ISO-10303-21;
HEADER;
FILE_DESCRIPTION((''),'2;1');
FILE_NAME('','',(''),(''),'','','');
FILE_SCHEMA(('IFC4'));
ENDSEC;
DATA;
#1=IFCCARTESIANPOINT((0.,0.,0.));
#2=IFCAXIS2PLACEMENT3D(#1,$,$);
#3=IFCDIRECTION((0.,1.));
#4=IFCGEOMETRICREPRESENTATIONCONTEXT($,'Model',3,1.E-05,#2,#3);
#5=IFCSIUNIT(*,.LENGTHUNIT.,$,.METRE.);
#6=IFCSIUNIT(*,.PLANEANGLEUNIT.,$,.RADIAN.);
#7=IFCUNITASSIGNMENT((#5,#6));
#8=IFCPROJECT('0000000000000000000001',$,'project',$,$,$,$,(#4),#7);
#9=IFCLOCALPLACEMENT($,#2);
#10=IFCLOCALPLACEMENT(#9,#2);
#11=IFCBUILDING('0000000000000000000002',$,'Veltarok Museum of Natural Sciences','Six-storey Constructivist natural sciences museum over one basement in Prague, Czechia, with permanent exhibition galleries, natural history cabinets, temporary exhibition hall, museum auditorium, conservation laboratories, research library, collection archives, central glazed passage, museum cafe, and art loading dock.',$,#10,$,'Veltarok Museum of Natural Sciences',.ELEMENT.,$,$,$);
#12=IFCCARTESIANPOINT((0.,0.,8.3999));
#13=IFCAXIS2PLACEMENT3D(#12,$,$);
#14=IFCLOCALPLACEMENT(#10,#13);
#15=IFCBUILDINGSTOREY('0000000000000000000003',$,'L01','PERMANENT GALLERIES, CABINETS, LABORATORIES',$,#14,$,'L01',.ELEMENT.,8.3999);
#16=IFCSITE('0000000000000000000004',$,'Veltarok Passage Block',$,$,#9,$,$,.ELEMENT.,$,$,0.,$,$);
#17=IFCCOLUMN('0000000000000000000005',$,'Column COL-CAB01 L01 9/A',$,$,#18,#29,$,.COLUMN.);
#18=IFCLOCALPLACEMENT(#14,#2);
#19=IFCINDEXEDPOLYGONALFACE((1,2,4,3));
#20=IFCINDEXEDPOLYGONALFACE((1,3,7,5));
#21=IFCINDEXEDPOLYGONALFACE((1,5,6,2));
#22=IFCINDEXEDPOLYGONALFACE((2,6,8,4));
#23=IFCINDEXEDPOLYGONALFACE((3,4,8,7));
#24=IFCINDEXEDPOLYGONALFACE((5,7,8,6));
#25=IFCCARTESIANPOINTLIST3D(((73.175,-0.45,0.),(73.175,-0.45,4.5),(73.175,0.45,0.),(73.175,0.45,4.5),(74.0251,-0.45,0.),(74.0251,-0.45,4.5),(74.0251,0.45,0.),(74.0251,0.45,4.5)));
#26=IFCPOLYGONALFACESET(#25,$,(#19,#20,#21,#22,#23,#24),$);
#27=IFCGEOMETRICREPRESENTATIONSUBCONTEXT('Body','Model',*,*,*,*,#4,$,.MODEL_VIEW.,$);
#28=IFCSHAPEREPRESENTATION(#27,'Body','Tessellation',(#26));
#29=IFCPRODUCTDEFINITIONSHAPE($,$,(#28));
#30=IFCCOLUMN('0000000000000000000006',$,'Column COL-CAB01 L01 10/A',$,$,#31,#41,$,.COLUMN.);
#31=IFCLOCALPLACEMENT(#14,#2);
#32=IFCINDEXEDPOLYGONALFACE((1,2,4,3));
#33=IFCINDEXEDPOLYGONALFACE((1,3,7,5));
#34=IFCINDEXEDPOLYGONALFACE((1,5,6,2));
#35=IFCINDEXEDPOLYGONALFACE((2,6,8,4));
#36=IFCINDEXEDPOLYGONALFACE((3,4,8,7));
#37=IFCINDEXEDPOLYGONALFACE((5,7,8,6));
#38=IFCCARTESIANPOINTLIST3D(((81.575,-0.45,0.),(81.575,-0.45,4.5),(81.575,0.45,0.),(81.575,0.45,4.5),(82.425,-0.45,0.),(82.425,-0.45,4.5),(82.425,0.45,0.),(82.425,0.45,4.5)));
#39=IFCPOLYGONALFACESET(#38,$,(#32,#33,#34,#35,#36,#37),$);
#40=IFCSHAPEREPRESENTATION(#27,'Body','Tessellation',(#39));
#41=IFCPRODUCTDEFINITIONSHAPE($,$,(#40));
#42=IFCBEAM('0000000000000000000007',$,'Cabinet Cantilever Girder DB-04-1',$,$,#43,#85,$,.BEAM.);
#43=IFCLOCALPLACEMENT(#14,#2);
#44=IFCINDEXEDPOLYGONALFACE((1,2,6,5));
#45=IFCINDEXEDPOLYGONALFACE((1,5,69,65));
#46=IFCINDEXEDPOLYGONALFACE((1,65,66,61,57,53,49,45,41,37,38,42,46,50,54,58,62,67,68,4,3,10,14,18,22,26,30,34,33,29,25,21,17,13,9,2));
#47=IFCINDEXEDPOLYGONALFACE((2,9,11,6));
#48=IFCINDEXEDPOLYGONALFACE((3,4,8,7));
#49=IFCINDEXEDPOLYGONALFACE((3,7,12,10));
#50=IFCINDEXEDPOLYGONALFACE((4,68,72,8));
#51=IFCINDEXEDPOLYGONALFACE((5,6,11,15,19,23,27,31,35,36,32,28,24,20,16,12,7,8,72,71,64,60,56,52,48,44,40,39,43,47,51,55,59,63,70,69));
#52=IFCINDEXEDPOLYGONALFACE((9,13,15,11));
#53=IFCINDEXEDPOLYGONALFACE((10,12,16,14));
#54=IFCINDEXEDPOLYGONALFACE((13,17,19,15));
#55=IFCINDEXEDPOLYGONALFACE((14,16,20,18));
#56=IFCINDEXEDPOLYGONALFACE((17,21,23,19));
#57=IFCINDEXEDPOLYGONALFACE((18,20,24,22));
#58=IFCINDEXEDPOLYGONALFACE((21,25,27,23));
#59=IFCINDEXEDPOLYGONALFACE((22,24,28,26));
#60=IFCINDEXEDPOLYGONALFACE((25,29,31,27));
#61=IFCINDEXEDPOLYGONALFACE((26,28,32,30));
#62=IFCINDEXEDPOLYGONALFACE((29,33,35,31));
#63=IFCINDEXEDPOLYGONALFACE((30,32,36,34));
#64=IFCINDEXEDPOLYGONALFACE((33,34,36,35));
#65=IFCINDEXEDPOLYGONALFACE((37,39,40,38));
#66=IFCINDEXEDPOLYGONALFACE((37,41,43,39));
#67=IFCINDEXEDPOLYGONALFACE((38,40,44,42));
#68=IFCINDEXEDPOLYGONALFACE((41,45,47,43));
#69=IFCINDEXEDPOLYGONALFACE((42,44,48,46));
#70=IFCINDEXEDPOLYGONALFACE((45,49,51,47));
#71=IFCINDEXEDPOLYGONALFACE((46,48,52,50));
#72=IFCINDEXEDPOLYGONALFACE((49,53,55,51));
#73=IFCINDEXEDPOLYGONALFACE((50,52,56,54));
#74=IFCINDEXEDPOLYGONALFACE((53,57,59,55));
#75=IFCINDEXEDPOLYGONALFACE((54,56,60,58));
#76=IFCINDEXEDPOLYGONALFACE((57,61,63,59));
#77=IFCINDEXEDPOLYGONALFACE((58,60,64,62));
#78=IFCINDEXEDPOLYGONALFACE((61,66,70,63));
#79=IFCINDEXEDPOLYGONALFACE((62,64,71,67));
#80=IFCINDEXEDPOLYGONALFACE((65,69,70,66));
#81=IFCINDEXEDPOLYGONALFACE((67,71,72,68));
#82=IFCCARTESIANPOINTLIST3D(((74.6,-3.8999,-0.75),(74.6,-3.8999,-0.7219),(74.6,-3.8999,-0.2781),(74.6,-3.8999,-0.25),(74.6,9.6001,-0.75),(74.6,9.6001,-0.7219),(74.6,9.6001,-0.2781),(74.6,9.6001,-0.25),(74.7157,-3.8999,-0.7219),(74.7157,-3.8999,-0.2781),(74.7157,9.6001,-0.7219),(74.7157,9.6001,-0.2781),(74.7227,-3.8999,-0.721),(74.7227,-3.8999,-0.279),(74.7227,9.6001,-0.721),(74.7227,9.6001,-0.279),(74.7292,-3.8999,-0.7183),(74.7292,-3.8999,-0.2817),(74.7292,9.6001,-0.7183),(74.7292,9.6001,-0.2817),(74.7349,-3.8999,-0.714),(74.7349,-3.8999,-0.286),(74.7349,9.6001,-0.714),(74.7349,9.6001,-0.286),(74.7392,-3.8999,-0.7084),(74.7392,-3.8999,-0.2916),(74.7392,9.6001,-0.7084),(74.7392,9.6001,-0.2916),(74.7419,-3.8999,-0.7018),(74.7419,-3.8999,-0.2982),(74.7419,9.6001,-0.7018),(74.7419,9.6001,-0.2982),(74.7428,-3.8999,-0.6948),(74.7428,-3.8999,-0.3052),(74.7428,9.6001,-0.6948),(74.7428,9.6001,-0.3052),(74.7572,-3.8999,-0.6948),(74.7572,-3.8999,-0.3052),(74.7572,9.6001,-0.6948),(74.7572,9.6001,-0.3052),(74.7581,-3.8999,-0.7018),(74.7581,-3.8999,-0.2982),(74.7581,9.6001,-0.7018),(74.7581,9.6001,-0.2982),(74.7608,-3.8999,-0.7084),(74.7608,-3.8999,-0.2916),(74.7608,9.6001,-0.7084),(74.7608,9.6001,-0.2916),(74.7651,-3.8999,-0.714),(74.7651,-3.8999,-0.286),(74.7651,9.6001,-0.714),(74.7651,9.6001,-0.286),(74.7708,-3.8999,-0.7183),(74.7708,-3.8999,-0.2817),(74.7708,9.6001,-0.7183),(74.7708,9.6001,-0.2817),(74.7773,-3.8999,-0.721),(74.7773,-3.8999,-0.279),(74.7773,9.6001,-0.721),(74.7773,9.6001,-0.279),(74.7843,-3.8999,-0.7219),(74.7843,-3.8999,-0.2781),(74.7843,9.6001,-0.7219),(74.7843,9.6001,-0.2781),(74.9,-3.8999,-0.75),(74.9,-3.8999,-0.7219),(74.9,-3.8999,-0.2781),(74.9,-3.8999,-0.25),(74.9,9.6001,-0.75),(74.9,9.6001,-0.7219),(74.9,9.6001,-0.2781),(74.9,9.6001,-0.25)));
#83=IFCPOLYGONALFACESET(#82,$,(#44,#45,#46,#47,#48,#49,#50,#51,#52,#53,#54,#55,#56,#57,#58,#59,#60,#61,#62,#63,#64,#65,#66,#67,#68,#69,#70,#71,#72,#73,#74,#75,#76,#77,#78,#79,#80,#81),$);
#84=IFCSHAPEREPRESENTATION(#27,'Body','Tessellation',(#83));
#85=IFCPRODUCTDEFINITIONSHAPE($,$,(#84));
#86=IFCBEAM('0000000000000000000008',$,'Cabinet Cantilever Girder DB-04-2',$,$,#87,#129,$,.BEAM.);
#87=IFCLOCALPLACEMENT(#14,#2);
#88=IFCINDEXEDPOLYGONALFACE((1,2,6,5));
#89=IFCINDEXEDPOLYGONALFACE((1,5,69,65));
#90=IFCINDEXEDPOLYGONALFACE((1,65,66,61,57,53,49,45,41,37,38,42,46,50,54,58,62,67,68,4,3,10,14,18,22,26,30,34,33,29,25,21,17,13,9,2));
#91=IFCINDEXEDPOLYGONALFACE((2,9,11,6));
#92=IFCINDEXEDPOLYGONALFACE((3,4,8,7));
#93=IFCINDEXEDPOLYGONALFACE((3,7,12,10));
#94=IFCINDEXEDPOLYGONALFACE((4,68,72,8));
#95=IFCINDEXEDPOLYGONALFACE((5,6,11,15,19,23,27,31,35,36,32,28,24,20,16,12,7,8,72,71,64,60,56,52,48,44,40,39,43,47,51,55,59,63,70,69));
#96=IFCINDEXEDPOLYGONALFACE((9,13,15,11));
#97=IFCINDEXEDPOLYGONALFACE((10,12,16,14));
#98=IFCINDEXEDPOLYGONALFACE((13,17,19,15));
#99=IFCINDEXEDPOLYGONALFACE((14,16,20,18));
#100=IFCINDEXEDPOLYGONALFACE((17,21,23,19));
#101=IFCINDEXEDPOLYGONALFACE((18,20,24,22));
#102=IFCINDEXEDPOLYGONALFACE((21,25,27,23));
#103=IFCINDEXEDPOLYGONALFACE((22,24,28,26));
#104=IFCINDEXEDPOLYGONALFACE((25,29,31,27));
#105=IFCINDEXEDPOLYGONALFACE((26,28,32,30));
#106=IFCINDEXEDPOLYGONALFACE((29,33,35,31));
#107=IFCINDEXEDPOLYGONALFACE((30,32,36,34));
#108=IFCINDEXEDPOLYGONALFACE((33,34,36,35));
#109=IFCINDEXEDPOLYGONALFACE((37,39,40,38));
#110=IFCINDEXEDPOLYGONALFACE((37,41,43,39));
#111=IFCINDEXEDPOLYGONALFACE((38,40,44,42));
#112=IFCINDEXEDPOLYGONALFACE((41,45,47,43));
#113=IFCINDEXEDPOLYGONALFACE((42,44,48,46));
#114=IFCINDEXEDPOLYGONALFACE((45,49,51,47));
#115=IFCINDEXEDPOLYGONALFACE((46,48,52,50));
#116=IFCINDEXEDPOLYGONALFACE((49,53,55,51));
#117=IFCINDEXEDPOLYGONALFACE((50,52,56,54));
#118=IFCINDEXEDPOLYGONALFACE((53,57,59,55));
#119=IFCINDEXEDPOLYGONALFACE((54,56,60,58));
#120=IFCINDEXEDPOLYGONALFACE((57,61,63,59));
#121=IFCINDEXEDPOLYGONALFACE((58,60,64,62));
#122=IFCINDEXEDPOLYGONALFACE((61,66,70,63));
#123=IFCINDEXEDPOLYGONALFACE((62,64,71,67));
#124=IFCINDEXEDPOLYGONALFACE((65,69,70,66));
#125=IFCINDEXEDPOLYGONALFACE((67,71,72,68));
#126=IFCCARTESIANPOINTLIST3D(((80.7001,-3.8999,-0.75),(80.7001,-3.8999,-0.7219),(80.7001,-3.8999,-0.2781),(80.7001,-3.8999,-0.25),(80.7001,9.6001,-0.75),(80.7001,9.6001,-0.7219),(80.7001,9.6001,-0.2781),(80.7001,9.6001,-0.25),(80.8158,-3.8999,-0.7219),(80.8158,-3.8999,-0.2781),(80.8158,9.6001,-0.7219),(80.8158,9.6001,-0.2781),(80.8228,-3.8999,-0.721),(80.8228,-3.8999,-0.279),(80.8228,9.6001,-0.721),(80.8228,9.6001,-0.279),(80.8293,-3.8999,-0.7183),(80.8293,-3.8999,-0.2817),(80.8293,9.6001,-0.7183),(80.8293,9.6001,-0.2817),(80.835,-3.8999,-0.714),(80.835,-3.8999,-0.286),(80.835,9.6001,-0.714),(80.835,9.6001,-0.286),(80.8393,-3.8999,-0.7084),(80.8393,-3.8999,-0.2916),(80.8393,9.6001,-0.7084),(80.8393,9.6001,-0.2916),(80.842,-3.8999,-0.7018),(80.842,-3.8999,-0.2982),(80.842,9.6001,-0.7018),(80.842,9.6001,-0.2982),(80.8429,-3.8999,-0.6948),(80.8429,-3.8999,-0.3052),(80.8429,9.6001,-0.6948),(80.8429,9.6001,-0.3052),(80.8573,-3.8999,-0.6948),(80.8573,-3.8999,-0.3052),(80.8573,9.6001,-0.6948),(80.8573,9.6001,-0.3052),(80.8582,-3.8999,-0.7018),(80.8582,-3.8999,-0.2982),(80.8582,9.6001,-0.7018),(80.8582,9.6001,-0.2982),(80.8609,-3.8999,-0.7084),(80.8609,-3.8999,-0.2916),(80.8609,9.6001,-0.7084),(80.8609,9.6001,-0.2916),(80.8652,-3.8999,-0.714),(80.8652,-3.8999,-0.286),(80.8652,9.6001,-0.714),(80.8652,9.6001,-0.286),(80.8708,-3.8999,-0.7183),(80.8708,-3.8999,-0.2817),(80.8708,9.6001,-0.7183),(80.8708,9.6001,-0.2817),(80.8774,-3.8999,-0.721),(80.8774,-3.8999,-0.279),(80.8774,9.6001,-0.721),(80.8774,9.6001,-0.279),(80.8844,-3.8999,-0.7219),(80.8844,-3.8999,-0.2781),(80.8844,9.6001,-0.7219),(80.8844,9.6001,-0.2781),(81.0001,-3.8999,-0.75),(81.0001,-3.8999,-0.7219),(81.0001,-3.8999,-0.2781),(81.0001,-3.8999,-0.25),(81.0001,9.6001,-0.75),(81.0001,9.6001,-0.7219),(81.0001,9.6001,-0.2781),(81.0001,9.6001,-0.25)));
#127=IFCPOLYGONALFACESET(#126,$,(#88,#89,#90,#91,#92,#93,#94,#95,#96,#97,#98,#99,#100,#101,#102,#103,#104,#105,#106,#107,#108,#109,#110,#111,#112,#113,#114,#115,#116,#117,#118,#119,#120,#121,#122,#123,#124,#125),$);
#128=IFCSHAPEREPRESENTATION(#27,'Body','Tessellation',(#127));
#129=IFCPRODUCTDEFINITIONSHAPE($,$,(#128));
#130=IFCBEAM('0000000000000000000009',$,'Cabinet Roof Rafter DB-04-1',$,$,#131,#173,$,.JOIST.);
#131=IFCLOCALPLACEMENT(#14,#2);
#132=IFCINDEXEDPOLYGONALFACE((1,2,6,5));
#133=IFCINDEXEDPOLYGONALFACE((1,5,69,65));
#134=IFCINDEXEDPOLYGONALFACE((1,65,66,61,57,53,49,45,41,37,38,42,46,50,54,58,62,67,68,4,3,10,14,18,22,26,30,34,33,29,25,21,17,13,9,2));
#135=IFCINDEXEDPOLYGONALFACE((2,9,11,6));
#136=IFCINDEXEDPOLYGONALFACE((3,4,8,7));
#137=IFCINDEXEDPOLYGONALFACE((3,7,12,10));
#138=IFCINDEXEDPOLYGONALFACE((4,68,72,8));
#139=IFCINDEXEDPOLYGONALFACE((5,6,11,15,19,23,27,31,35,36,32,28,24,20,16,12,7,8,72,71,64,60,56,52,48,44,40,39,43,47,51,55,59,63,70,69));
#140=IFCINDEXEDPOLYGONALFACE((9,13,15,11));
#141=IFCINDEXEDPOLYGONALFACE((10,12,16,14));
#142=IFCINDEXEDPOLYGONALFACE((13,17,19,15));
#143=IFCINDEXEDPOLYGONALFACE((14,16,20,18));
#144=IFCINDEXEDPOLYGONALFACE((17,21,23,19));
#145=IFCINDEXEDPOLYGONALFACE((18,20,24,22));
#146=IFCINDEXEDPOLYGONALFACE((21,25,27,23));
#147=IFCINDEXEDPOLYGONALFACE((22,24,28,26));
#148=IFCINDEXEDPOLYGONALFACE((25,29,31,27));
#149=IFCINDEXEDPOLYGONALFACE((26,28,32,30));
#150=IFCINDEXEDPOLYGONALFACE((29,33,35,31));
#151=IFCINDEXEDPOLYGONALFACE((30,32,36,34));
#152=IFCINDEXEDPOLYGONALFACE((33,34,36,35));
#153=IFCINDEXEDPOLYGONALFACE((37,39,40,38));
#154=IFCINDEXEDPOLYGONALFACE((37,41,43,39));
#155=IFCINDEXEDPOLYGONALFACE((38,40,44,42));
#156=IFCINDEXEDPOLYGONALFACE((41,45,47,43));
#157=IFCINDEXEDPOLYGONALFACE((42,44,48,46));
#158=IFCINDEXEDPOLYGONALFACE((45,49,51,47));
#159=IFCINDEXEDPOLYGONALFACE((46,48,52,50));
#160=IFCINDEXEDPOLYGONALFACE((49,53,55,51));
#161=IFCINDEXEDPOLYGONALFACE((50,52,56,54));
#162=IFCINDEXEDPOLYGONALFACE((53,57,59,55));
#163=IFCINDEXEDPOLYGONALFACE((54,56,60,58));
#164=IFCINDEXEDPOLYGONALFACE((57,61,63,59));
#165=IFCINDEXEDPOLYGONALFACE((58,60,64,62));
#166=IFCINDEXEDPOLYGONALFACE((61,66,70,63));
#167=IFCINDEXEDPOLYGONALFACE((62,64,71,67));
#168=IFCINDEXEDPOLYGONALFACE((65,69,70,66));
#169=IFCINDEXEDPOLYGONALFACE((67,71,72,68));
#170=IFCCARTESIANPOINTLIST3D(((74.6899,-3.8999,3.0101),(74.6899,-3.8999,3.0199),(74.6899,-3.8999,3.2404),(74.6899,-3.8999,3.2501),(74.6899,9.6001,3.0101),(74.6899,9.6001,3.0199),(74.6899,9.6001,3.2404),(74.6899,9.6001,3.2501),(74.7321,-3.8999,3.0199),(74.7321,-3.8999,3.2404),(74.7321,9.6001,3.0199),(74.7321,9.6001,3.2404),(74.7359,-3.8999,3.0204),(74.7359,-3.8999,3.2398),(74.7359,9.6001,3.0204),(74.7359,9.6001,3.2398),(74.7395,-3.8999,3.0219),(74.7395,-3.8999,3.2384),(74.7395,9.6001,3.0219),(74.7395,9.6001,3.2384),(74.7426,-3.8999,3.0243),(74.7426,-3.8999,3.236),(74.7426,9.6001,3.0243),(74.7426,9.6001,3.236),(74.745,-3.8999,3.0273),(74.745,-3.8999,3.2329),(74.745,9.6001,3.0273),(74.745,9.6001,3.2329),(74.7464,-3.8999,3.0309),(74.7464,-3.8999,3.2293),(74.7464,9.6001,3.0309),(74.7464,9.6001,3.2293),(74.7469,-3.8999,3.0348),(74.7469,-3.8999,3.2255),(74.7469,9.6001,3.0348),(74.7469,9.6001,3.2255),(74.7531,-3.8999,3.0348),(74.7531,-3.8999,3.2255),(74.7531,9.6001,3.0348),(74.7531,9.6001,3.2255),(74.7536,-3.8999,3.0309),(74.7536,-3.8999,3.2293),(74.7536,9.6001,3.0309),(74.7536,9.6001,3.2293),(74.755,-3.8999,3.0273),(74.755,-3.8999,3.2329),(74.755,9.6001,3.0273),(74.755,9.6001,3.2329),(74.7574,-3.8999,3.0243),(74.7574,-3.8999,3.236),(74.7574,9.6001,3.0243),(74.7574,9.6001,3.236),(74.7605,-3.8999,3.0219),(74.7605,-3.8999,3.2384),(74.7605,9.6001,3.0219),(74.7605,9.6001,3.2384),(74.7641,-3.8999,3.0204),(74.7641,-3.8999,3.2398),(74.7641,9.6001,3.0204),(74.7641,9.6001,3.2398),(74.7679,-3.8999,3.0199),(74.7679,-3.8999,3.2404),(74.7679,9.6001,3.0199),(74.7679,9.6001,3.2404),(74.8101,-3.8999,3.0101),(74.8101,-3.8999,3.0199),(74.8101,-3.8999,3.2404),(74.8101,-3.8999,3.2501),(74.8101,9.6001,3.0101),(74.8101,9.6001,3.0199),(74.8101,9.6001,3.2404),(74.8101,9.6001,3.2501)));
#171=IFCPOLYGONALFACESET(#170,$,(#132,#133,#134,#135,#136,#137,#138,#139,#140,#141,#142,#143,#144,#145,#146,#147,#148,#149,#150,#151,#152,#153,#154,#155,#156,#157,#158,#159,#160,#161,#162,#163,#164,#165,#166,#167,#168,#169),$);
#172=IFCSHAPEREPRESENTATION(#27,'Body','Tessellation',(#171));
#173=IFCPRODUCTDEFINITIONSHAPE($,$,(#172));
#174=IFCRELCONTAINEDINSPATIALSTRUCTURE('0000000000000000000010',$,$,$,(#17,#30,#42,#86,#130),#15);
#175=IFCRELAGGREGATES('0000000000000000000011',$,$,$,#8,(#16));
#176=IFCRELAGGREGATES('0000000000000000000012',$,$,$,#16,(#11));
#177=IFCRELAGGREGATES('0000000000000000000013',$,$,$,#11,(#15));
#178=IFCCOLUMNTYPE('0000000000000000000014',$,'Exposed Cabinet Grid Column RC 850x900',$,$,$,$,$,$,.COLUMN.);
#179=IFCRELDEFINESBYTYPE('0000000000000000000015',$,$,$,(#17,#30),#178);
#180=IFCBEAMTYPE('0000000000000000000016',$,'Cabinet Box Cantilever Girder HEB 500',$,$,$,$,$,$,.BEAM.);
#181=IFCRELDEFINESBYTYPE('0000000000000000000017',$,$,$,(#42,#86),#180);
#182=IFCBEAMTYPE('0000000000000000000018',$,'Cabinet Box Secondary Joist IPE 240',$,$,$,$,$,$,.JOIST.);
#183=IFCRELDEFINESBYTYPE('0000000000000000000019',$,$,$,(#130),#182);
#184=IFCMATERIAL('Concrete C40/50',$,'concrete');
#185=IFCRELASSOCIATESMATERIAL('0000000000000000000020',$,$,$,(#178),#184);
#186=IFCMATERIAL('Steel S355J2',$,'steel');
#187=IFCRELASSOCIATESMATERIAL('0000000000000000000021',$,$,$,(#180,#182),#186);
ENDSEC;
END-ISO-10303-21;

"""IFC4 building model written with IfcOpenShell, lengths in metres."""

from ifc_helpers import new_model, si_unit, direction, frame, origin, origin_2d, place, context, subcontext, project, spatial, rectangle, i_section, extrude, material, material_profile, profile_set, type_object, element, save


model = new_model("IFC4")

# Units and contexts
model_context = context("Model", 3, precision=1e-05, world=origin(), true_north=direction((0.0, 1.0)))
body_context = subcontext(model_context, "Body", "Model", "MODEL_VIEW")
ifc_project = project(units=[si_unit("LENGTHUNIT", "METRE"), si_unit("PLANEANGLEUNIT", "RADIAN")], contexts=[model_context])

# Site, building, storey
site_placement = place(None, origin())
site = spatial("IfcSite", under=ifc_project, at=site_placement, Name="Veltarok Passage Block", CompositionType="ELEMENT", RefElevation=0.0)
building_placement = place(site_placement, origin())
building = spatial("IfcBuilding", under=site, at=building_placement, Name="Veltarok Museum of Natural Sciences", Description="Six-storey Constructivist natural sciences museum over one basement in Prague, Czechia, with permanent exhibition galleries, natural history cabinets, temporary exhibition hall, museum auditorium, conservation laboratories, research library, collection archives, central glazed passage, museum cafe, and art loading dock.", LongName="Veltarok Museum of Natural Sciences", CompositionType="ELEMENT")
storey_placement = place(building_placement, frame((0.0, 0.0, 8.3999)))
storey = spatial("IfcBuildingStorey", under=building, at=storey_placement, Name="L01", Description="PERMANENT GALLERIES, CABINETS, LABORATORIES", LongName="L01", CompositionType="ELEMENT", Elevation=8.3999)

# Columns
ifc_material_1 = material(Name="Concrete C40/50", Category="concrete")
ifc_material_profile_1 = material_profile(ifc_material_1, rectangle(XDim=0.8501, YDim=0.8999, at=origin_2d()), Name="RC 850x900")
ifc_profile_set_1 = profile_set([ifc_material_profile_1], Name="Concrete C40/50")
column_type = type_object("IfcColumnType", Name="Exposed Cabinet Grid Column RC 850x900", PredefinedType="COLUMN", material=ifc_profile_set_1)
for number, where, z_axis, x_axis, name in (
    (1, (73.6001, 0.0, 0.0), (0.0, 0.0, 1.0), (1.0, 0.0, 0.0), "Column COL-CAB01 L01 9/A"),
    (2, (82.0, 0.0, 0.0), (0.0, 0.0, 1.0), (1.0, 0.0, 0.0), "Column COL-CAB01 L01 10/A"),
):
    element("IfcColumn", number, at=place(storey_placement, frame(where, z_axis=z_axis, x_axis=x_axis)), inside=storey, type_object=column_type, Name=name, PredefinedType="COLUMN", context=body_context, shape_type="SweptSolid", body=[
        extrude(rectangle(XDim=0.8501, YDim=0.8999, at=origin_2d()), origin(), (0.0, 0.0, 1.0), 4.5),
    ])

# Beams
ifc_material_2 = material(Name="Steel S355J2", Category="steel")
ifc_material_profile_2 = material_profile(ifc_material_2, i_section(OverallWidth=0.3, OverallDepth=0.5, WebThickness=0.0144, FlangeThickness=0.0281, FilletRadius=0.0271, at=origin_2d()), Name="HEB 500")
ifc_profile_set_2 = profile_set([ifc_material_profile_2], Name="Steel S355J2")
beam_type_1 = type_object("IfcBeamType", Name="Cabinet Box Cantilever Girder HEB 500", PredefinedType="BEAM", material=ifc_profile_set_2)
for number, where, z_axis, x_axis, name in (
    (3, (74.75, -3.8999, -0.5), (0.0, 1.0, 0.0), (-1.0, 0.0, 0.0), "Cabinet Cantilever Girder DB-04-1"),
    (4, (80.8501, -3.8999, -0.5), (0.0, 1.0, 0.0), (-1.0, 0.0, 0.0), "Cabinet Cantilever Girder DB-04-2"),
):
    element("IfcBeam", number, at=place(storey_placement, frame(where, z_axis=z_axis, x_axis=x_axis)), inside=storey, type_object=beam_type_1, Name=name, PredefinedType="BEAM", context=body_context, shape_type="SweptSolid", body=[
        extrude(i_section(OverallWidth=0.3, OverallDepth=0.5, WebThickness=0.0144, FlangeThickness=0.0281, FilletRadius=0.0271, at=origin_2d()), origin(), (0.0, 0.0, 1.0), 13.5),
    ])
ifc_material_profile_3 = material_profile(ifc_material_2, i_section(OverallWidth=0.1201, OverallDepth=0.24, WebThickness=0.0061, FlangeThickness=0.0098, FilletRadius=0.0149, at=origin_2d()), Name="IPE 240")
ifc_profile_set_3 = profile_set([ifc_material_profile_3], Name="Steel S355J2")
beam_type_2 = type_object("IfcBeamType", Name="Cabinet Box Secondary Joist IPE 240", PredefinedType="JOIST", material=ifc_profile_set_3)
for number, where, z_axis, x_axis, name in (
    (5, (74.75, -3.8999, 3.1301), (0.0, 1.0, 0.0), (-1.0, 0.0, 0.0), "Cabinet Roof Rafter DB-04-1"),
):
    element("IfcBeam", number, at=place(storey_placement, frame(where, z_axis=z_axis, x_axis=x_axis)), inside=storey, type_object=beam_type_2, Name=name, PredefinedType="JOIST", context=body_context, shape_type="SweptSolid", body=[
        extrude(i_section(OverallWidth=0.1201, OverallDepth=0.24, WebThickness=0.0061, FlangeThickness=0.0098, FilletRadius=0.0149, at=origin_2d()), origin(), (0.0, 0.0, 1.0), 13.5),
    ])

save(model, "model.ifc")
